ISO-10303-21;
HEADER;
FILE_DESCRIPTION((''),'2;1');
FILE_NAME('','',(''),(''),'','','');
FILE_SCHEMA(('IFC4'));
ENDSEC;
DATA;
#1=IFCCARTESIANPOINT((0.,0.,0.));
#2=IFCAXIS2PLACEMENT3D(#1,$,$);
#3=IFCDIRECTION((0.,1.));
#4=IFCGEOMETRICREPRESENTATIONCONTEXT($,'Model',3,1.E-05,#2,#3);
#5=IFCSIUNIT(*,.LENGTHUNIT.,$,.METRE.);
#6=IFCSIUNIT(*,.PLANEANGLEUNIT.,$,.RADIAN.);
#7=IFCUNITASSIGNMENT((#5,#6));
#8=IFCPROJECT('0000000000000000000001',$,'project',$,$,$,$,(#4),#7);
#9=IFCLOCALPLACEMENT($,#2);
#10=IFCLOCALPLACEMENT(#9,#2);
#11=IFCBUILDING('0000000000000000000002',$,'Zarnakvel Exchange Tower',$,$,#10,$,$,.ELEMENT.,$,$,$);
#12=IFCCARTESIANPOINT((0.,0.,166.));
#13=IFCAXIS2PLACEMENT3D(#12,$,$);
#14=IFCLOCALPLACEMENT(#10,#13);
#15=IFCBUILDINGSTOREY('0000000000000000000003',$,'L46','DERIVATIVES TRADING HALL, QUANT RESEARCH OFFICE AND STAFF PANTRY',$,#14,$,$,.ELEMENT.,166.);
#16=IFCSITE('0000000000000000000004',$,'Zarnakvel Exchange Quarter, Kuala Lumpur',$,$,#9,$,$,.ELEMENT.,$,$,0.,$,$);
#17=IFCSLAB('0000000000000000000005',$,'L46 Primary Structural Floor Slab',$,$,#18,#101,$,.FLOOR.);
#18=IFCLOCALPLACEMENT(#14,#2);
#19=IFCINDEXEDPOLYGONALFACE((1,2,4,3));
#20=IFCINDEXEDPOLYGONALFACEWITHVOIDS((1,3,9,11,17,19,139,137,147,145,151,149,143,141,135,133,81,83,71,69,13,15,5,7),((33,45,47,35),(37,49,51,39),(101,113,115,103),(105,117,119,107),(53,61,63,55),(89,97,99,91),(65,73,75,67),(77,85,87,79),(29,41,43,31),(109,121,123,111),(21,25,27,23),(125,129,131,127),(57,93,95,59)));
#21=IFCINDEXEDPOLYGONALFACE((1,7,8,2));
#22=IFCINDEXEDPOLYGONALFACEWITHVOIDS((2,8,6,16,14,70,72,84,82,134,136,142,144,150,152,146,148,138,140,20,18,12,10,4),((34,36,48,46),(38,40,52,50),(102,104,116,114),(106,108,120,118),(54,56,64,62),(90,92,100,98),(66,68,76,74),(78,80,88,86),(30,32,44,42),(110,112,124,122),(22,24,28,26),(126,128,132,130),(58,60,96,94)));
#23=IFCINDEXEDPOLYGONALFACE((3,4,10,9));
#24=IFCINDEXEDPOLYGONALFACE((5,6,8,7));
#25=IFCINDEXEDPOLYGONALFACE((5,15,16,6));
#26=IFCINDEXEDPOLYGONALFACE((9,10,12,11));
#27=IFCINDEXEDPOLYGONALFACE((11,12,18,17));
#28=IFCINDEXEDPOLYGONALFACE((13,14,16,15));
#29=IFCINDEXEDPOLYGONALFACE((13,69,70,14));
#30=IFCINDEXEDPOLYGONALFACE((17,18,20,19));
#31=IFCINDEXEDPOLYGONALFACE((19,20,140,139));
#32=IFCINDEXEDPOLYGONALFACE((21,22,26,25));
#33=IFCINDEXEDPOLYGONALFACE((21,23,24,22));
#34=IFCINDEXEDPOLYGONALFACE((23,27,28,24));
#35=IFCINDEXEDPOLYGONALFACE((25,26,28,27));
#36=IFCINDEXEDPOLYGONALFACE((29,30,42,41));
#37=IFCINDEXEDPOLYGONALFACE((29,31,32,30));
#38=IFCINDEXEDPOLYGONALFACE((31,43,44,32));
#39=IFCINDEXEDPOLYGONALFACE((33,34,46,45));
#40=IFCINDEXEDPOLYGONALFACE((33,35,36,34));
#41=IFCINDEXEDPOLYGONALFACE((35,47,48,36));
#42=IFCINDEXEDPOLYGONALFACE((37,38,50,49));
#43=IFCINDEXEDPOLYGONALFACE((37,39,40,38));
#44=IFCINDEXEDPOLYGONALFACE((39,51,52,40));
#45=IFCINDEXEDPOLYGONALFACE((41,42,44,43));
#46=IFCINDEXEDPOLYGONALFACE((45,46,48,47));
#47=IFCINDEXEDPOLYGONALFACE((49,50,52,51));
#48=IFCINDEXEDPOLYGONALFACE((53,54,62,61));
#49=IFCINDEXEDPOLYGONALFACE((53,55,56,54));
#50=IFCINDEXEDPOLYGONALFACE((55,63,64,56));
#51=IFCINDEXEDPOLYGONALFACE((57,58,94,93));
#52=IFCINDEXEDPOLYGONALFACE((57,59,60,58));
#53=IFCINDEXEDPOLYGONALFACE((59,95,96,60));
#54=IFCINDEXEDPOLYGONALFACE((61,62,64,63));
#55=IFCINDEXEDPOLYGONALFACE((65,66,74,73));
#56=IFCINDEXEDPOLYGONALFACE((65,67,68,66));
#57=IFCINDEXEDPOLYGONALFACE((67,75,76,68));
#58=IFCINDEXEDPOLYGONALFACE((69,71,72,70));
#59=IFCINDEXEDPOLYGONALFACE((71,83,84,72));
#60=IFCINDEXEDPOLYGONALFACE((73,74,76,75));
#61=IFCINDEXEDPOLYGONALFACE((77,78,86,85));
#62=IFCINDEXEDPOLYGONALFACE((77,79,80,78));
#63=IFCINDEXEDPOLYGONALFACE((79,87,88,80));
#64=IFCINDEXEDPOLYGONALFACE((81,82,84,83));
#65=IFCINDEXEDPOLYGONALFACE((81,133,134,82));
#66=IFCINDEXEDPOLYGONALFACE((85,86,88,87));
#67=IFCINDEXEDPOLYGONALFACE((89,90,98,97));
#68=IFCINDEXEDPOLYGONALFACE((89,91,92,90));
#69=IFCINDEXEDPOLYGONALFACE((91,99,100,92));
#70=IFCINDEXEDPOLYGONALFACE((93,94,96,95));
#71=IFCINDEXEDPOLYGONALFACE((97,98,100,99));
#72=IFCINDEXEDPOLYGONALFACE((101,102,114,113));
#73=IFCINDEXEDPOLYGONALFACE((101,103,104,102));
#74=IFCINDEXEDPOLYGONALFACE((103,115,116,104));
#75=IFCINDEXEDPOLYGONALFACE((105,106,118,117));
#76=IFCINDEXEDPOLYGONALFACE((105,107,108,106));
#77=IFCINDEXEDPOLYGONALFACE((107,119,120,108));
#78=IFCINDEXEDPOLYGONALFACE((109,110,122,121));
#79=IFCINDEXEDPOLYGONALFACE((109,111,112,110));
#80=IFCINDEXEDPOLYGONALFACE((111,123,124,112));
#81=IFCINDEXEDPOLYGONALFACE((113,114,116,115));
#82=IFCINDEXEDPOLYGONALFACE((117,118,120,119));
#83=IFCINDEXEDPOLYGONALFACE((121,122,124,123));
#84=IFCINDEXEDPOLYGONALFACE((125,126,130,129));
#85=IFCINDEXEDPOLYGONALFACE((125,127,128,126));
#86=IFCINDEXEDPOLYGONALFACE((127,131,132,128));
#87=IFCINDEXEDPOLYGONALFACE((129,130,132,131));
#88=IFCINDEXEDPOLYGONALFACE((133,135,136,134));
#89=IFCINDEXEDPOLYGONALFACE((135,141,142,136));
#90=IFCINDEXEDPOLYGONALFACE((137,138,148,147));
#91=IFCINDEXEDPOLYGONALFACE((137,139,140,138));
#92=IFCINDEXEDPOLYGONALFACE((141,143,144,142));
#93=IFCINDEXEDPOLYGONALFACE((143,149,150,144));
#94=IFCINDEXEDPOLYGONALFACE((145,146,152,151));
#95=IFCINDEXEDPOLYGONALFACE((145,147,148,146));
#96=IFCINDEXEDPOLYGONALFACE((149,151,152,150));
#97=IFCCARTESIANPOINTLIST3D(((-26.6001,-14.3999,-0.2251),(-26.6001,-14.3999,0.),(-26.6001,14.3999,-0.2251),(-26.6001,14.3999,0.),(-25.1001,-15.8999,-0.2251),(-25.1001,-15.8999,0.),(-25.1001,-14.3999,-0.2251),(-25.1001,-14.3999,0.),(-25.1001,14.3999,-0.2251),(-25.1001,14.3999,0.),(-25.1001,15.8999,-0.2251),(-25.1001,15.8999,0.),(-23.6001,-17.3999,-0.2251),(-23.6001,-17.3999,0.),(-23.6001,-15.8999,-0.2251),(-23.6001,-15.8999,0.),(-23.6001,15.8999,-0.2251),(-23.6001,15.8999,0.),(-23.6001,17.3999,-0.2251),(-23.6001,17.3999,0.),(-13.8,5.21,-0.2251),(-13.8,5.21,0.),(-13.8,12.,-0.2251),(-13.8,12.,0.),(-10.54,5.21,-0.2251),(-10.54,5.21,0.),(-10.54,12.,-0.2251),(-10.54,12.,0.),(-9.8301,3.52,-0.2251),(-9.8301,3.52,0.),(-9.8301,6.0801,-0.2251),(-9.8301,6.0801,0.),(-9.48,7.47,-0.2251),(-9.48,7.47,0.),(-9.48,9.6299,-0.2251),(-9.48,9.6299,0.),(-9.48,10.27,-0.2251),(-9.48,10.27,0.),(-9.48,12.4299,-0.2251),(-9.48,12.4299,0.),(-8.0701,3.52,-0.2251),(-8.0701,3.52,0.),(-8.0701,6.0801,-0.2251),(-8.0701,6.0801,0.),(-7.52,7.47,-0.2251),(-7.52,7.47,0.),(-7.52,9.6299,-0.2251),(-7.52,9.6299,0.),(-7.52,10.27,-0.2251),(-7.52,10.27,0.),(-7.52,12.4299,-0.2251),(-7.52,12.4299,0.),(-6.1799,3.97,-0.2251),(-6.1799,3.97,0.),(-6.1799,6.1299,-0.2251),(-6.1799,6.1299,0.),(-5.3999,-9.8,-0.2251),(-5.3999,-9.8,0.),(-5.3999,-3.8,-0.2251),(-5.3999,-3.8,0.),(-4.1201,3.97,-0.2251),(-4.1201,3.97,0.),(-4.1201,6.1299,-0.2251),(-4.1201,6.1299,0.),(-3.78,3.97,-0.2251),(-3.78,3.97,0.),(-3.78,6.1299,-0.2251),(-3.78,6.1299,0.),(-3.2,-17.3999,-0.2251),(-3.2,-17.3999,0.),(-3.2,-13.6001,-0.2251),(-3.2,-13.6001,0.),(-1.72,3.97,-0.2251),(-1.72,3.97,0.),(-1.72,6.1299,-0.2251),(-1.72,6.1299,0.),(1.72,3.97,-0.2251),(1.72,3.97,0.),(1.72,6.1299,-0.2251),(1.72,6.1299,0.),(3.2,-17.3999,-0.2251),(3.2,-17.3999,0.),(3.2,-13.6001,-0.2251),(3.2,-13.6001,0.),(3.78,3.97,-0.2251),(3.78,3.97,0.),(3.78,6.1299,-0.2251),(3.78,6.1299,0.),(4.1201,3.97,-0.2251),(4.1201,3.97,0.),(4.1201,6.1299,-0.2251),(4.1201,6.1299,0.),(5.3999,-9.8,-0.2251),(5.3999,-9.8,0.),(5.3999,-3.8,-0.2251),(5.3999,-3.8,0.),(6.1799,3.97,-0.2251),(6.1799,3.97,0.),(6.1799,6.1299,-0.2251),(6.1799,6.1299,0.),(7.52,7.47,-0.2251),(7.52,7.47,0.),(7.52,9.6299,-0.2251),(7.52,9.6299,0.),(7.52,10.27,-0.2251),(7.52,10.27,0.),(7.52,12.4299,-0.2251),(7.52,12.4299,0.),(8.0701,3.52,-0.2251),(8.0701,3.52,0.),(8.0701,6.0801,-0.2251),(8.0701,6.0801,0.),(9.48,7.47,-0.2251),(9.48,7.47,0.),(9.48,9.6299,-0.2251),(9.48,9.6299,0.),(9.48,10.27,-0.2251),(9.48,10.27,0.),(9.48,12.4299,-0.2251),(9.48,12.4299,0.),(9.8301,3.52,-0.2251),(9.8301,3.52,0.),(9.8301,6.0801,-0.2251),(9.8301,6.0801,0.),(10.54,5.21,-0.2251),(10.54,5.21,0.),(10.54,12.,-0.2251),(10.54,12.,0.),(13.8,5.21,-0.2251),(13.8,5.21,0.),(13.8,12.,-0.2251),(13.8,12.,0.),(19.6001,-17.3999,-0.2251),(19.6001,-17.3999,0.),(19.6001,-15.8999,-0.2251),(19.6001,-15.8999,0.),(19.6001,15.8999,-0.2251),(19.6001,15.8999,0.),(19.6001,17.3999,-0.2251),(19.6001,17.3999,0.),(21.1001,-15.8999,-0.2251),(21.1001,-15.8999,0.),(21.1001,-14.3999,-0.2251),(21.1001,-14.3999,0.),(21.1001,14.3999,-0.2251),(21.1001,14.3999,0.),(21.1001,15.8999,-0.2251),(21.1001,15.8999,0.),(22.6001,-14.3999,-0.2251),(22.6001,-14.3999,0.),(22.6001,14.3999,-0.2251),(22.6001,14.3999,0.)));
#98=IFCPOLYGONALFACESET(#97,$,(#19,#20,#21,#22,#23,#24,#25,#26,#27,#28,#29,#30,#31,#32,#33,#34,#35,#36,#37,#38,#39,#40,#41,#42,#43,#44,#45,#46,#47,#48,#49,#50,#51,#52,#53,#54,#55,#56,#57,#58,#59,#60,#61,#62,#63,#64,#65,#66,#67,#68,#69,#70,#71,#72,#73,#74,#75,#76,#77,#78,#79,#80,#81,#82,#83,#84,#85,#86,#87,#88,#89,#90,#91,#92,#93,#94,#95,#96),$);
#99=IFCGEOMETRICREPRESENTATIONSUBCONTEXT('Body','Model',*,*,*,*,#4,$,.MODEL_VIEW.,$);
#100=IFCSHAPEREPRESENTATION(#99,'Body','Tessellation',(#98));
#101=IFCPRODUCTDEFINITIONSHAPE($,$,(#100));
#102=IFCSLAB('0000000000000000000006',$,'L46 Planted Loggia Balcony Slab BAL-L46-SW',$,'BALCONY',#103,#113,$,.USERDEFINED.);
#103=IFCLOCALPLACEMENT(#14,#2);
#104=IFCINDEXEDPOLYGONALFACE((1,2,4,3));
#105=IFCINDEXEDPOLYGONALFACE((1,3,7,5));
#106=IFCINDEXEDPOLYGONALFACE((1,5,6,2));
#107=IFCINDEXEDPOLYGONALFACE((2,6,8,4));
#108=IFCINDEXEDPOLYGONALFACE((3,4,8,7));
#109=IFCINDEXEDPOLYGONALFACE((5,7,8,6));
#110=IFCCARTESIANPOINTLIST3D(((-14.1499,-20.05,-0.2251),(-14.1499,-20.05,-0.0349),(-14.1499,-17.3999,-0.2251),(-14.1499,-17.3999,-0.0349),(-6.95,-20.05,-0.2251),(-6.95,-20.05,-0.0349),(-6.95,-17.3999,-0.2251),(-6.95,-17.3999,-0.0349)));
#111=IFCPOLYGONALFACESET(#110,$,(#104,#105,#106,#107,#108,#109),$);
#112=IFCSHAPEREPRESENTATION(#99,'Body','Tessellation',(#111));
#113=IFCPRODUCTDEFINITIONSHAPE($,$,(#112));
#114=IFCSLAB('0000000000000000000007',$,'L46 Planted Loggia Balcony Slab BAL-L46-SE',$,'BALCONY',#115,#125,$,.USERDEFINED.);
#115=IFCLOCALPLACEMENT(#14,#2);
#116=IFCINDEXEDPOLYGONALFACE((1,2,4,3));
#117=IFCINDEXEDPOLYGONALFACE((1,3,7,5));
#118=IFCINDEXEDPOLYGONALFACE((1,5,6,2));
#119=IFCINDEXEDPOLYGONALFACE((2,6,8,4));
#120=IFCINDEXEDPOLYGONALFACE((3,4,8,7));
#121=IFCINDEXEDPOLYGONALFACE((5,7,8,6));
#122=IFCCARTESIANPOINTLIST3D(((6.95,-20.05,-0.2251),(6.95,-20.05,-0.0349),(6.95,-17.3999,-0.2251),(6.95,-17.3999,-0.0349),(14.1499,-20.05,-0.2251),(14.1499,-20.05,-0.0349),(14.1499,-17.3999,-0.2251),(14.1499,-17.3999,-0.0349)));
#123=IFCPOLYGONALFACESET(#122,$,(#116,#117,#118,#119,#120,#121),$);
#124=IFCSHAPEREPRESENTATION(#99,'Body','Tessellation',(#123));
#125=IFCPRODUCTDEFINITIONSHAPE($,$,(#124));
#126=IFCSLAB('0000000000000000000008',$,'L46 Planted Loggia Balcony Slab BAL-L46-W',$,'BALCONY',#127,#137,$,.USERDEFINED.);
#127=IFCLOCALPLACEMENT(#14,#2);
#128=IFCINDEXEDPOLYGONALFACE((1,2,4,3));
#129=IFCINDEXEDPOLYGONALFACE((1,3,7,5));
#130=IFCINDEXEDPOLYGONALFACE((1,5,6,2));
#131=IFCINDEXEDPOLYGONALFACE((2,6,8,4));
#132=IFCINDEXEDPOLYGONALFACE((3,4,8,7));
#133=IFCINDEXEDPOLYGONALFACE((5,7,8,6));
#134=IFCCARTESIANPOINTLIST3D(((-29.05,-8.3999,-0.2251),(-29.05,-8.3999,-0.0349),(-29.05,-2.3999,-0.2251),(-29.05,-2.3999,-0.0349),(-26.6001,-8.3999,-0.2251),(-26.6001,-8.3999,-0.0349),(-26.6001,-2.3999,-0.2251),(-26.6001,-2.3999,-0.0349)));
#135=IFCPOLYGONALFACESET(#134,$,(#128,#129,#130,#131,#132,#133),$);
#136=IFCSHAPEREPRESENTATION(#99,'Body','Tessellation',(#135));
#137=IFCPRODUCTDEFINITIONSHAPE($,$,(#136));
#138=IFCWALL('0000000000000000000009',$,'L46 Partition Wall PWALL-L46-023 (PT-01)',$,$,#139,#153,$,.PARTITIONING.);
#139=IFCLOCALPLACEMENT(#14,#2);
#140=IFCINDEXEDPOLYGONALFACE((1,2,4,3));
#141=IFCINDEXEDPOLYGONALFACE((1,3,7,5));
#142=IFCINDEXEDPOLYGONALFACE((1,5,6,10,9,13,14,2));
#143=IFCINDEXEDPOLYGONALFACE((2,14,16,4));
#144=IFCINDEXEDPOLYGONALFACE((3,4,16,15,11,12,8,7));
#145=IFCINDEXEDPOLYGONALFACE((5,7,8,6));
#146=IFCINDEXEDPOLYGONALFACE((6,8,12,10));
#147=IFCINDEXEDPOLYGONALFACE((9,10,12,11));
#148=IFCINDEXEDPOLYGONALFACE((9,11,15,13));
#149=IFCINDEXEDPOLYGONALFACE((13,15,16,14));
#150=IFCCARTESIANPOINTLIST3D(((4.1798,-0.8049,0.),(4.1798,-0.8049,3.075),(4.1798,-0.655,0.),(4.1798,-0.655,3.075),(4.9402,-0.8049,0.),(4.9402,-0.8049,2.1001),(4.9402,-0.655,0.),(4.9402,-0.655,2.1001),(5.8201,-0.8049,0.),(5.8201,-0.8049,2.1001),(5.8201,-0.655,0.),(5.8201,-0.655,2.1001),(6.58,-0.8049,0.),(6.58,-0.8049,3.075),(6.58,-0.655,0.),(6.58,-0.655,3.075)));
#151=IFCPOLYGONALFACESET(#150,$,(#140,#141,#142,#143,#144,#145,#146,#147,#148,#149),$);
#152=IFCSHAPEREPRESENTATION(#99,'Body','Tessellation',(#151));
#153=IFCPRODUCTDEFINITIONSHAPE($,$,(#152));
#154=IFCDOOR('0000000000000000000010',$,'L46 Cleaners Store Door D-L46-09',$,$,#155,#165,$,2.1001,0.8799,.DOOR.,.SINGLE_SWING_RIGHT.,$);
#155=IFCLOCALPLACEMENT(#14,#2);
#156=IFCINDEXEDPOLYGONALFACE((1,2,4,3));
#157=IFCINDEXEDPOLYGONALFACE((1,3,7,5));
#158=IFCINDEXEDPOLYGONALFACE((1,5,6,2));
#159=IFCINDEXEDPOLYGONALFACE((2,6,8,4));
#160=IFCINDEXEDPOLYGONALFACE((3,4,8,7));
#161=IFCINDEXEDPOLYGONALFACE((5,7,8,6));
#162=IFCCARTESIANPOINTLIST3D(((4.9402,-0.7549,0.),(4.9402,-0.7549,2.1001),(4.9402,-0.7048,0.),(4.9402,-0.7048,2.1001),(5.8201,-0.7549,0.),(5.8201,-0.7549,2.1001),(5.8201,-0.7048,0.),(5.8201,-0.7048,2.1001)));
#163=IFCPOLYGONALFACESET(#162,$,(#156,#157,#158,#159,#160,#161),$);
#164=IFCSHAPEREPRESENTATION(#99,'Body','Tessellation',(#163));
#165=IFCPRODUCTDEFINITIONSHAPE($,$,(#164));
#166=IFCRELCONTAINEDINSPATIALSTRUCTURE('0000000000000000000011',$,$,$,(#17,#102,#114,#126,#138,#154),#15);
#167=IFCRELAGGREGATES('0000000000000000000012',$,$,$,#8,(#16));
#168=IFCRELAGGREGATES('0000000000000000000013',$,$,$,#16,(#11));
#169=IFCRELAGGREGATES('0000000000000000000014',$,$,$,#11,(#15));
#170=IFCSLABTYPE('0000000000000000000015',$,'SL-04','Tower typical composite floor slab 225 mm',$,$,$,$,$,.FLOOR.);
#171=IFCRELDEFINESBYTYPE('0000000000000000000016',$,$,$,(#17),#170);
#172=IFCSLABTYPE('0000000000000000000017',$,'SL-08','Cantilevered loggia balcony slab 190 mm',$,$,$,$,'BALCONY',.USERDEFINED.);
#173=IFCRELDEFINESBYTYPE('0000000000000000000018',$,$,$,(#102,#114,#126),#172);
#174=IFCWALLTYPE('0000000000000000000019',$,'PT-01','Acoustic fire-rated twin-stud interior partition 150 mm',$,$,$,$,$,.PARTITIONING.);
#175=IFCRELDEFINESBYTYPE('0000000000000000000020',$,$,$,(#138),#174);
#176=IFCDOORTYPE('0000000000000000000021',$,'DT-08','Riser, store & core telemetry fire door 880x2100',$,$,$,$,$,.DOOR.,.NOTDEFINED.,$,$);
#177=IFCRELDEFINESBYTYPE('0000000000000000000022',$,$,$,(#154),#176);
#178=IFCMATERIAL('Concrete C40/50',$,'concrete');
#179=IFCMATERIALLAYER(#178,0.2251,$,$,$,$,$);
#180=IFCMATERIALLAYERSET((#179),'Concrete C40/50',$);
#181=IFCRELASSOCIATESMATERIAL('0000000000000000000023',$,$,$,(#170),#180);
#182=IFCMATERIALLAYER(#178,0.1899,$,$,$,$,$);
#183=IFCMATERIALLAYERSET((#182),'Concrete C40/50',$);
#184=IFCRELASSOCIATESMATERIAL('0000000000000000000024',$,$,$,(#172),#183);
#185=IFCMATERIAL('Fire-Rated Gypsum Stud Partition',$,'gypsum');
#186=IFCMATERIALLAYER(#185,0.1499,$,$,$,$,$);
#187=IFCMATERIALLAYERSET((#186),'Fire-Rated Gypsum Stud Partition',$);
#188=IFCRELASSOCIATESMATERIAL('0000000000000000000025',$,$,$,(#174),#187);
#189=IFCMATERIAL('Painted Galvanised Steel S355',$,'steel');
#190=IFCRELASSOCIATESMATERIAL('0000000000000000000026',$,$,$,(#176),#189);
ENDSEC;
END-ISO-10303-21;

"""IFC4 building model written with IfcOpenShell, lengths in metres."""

from ifc_helpers import new_model, si_unit, direction, frame, frame_2d, origin, place, context, subcontext, project, spatial, polyline, rectangle, outline, extrude, source, transform, mapped, material, layer, layer_set, type_object, element, fill, save


model = new_model("IFC4")

# Units and contexts
model_context = context("Model", 3, precision=1e-05, world=origin(), true_north=direction((0.0, 1.0)))
body_context = subcontext(model_context, "Body", "Model", "MODEL_VIEW")
ifc_project = project(units=[si_unit("LENGTHUNIT", "METRE"), si_unit("PLANEANGLEUNIT", "RADIAN")], contexts=[model_context])

# Site, building, storey
site_placement = place(None, origin())
site = spatial("IfcSite", under=ifc_project, at=site_placement, Name="Zarnakvel Exchange Quarter, Kuala Lumpur", CompositionType="ELEMENT", RefElevation=0.0)
building_placement = place(site_placement, origin())
building = spatial("IfcBuilding", under=site, at=building_placement, Name="Zarnakvel Exchange Tower", CompositionType="ELEMENT")
storey_placement = place(building_placement, frame((0.0, 0.0, 166.0)))
storey = spatial("IfcBuildingStorey", under=building, at=storey_placement, Name="L46", Description="DERIVATIVES TRADING HALL, QUANT RESEARCH OFFICE AND STAFF PANTRY", CompositionType="ELEMENT", Elevation=166.0)

# Shared definitions
ifc_material_1 = material(Name="Concrete C40/50", Category="concrete")

# Slabs
ifc_layer_1 = layer(ifc_material_1, 0.2251)
ifc_layer_set_1 = layer_set([ifc_layer_1], Name="Concrete C40/50")
slab_type_1 = type_object("IfcSlabType", Name="SL-04", Description="Tower typical composite floor slab 225 mm", PredefinedType="FLOOR", material=ifc_layer_set_1)
slab_1_placement = place(storey_placement, frame((0.0, 0.0, -0.2251)))
element("IfcSlab", 1, at=slab_1_placement, inside=storey, type_object=slab_type_1, Name="L46 Primary Structural Floor Slab", PredefinedType="FLOOR", context=body_context, shape_type="SweptSolid", body=[
    extrude(outline(polyline([(-26.6001, -14.3999), (-25.1001, -14.3999), (-25.1001, -15.8999), (-23.6001, -15.8999), (-23.6001, -17.3999), (-3.2, -17.3999), (-3.2, -13.6001), (3.2, -13.6001), (3.2, -17.3999), (19.6001, -17.3999), (19.6001, -15.8999), (21.1001, -15.8999), (21.1001, -14.3999), (22.6001, -14.3999), (22.6001, 14.3999), (21.1001, 14.3999), (21.1001, 15.8999), (19.6001, 15.8999), (19.6001, 17.3999), (-23.6001, 17.3999), (-23.6001, 15.8999), (-25.1001, 15.8999), (-25.1001, 14.3999), (-26.6001, 14.3999), (-26.6001, -14.3999)]), holes=[polyline([(-5.3999, -9.8), (5.3999, -9.8), (5.3999, -3.8), (-5.3999, -3.8), (-5.3999, -9.8)]), polyline([(-13.8, 5.21), (-10.54, 5.21), (-10.54, 12.0), (-13.8, 12.0), (-13.8, 5.21)]), polyline([(10.54, 5.21), (13.8, 5.21), (13.8, 12.0), (10.54, 12.0), (10.54, 5.21)]), polyline([(-9.8301, 3.52), (-8.0701, 3.52), (-8.0701, 6.0801), (-9.8301, 6.0801), (-9.8301, 3.52)]), polyline([(8.0701, 3.52), (9.8301, 3.52), (9.8301, 6.0801), (8.0701, 6.0801), (8.0701, 3.52)]), polyline([(-6.1799, 3.97), (-4.1201, 3.97), (-4.1201, 6.1299), (-6.1799, 6.1299), (-6.1799, 3.97)]), polyline([(-3.78, 3.97), (-1.72, 3.97), (-1.72, 6.1299), (-3.78, 6.1299), (-3.78, 3.97)]), polyline([(1.72, 3.97), (3.78, 3.97), (3.78, 6.1299), (1.72, 6.1299), (1.72, 3.97)]), polyline([(4.1201, 3.97), (6.1799, 3.97), (6.1799, 6.1299), (4.1201, 6.1299), (4.1201, 3.97)]), polyline([(-9.48, 7.47), (-7.52, 7.47), (-7.52, 9.6299), (-9.48, 9.6299), (-9.48, 7.47)]), polyline([(-9.48, 10.27), (-7.52, 10.27), (-7.52, 12.4299), (-9.48, 12.4299), (-9.48, 10.27)]), polyline([(7.52, 7.47), (9.48, 7.47), (9.48, 9.6299), (7.52, 9.6299), (7.52, 7.47)]), polyline([(7.52, 10.27), (9.48, 10.27), (9.48, 12.4299), (7.52, 12.4299), (7.52, 10.27)])]), origin(), (0.0, 0.0, 1.0), 0.2251),
])
ifc_layer_2 = layer(ifc_material_1, 0.1899)
ifc_layer_set_2 = layer_set([ifc_layer_2], Name="Concrete C40/50")
slab_type_2 = type_object("IfcSlabType", Name="SL-08", Description="Cantilevered loggia balcony slab 190 mm", ElementType="BALCONY", PredefinedType="USERDEFINED", material=ifc_layer_set_2)
slab_2_placement = place(storey_placement, frame((0.0, 0.0, -0.2251)))
element("IfcSlab", 2, at=slab_2_placement, inside=storey, type_object=slab_type_2, Name="L46 Planted Loggia Balcony Slab BAL-L46-SW", ObjectType="BALCONY", PredefinedType="USERDEFINED", context=body_context, shape_type="SweptSolid", body=[
    extrude(outline(polyline([(-14.1499, -20.05), (-6.95, -20.05), (-6.95, -17.3999), (-14.1499, -17.3999), (-14.1499, -20.05)])), origin(), (0.0, 0.0, 1.0), 0.1902),
])
slab_3_placement = place(storey_placement, frame((0.0, 0.0, -0.2251)))
element("IfcSlab", 3, at=slab_3_placement, inside=storey, type_object=slab_type_2, Name="L46 Planted Loggia Balcony Slab BAL-L46-SE", ObjectType="BALCONY", PredefinedType="USERDEFINED", context=body_context, shape_type="SweptSolid", body=[
    extrude(outline(polyline([(6.95, -20.05), (14.1499, -20.05), (14.1499, -17.3999), (6.95, -17.3999), (6.95, -20.05)])), origin(), (0.0, 0.0, 1.0), 0.1902),
])
slab_4_placement = place(storey_placement, frame((0.0, 0.0, -0.2251)))
element("IfcSlab", 4, at=slab_4_placement, inside=storey, type_object=slab_type_2, Name="L46 Planted Loggia Balcony Slab BAL-L46-W", ObjectType="BALCONY", PredefinedType="USERDEFINED", context=body_context, shape_type="SweptSolid", body=[
    extrude(outline(polyline([(-29.05, -8.3999), (-26.6001, -8.3999), (-26.6001, -2.3999), (-29.05, -2.3999), (-29.05, -8.3999)])), origin(), (0.0, 0.0, 1.0), 0.1902),
])

# Wall, opening, door
ifc_material_2 = material(Name="Fire-Rated Gypsum Stud Partition", Category="gypsum")
ifc_layer_3 = layer(ifc_material_2, 0.1499)
ifc_layer_set_3 = layer_set([ifc_layer_3], Name="Fire-Rated Gypsum Stud Partition")
wall_type_1 = type_object("IfcWallType", Name="PT-01", Description="Acoustic fire-rated twin-stud interior partition 150 mm", PredefinedType="PARTITIONING", material=ifc_layer_set_3)
wall_1_placement = place(storey_placement, frame((6.5801, -0.73, 0.0), z_axis=(0.0, 0.0, 1.0), x_axis=(-1.0, 0.0, 0.0)))
wall_1 = element("IfcWall", 5, at=wall_1_placement, inside=storey, type_object=wall_type_1, Name="L46 Partition Wall PWALL-L46-023 (PT-01)", PredefinedType="PARTITIONING", context=body_context, shape_type="SweptSolid", body=[
    extrude(rectangle(XDim=2.4001, YDim=0.1499, at=frame_2d((1.2002, 0.0))), origin(), (0.0, 0.0, 1.0), 3.075),
])
opening_1_placement = place(wall_1_placement, frame((0.76, 0.0, 0.0)))
opening_1 = element("IfcOpeningElement", 6, at=opening_1_placement, cuts=wall_1, PredefinedType="OPENING", context=body_context, shape_type="SweptSolid", body=[
    extrude(rectangle(XDim=0.8799, YDim=2.1001, at=frame_2d((0.4399, 1.05))), frame((0.0, 0.085, 0.0), z_axis=(0.0, -1.0, 0.0), x_axis=(1.0, 0.0, 0.0)), (0.0, 0.0, 1.0), 0.1699),
])
ifc_material_3 = material(Name="Painted Galvanised Steel S355", Category="steel")
door_type_1 = type_object("IfcDoorType", Name="DT-08", Description="Riser, store & core telemetry fire door 880x2100", OperationType="NOTDEFINED", PredefinedType="DOOR", material=ifc_material_3)
shared_shape_1 = source(origin(), body_context, "Body", "SweptSolid", [
    extrude(rectangle(XDim=0.8799, YDim=2.1001, at=frame_2d((0.4399, 1.05))), frame((0.0, 0.0249, 0.0), z_axis=(0.0, -1.0, 0.0), x_axis=(1.0, 0.0, 0.0)), (0.0, 0.0, 1.0), 0.05),
])
door_1_placement = place(opening_1_placement, origin())
door_1 = element("IfcDoor", 7, at=door_1_placement, inside=storey, type_object=door_type_1, Name="L46 Cleaners Store Door D-L46-09", OperationType="SINGLE_SWING_RIGHT", OverallHeight=2.1001, OverallWidth=0.8799, PredefinedType="DOOR", context=body_context, shape_type="MappedRepresentation", body=[
    mapped(shared_shape_1, transform((0.0, 0.0, 0.0), x_axis=(1.0, 0.0, 0.0), y_axis=(0.0, 1.0, 0.0), z_axis=(0.0, 0.0, 1.0), scale=1.0)),
])
fill(opening_1, door_1)

save(model, "model.ifc")
